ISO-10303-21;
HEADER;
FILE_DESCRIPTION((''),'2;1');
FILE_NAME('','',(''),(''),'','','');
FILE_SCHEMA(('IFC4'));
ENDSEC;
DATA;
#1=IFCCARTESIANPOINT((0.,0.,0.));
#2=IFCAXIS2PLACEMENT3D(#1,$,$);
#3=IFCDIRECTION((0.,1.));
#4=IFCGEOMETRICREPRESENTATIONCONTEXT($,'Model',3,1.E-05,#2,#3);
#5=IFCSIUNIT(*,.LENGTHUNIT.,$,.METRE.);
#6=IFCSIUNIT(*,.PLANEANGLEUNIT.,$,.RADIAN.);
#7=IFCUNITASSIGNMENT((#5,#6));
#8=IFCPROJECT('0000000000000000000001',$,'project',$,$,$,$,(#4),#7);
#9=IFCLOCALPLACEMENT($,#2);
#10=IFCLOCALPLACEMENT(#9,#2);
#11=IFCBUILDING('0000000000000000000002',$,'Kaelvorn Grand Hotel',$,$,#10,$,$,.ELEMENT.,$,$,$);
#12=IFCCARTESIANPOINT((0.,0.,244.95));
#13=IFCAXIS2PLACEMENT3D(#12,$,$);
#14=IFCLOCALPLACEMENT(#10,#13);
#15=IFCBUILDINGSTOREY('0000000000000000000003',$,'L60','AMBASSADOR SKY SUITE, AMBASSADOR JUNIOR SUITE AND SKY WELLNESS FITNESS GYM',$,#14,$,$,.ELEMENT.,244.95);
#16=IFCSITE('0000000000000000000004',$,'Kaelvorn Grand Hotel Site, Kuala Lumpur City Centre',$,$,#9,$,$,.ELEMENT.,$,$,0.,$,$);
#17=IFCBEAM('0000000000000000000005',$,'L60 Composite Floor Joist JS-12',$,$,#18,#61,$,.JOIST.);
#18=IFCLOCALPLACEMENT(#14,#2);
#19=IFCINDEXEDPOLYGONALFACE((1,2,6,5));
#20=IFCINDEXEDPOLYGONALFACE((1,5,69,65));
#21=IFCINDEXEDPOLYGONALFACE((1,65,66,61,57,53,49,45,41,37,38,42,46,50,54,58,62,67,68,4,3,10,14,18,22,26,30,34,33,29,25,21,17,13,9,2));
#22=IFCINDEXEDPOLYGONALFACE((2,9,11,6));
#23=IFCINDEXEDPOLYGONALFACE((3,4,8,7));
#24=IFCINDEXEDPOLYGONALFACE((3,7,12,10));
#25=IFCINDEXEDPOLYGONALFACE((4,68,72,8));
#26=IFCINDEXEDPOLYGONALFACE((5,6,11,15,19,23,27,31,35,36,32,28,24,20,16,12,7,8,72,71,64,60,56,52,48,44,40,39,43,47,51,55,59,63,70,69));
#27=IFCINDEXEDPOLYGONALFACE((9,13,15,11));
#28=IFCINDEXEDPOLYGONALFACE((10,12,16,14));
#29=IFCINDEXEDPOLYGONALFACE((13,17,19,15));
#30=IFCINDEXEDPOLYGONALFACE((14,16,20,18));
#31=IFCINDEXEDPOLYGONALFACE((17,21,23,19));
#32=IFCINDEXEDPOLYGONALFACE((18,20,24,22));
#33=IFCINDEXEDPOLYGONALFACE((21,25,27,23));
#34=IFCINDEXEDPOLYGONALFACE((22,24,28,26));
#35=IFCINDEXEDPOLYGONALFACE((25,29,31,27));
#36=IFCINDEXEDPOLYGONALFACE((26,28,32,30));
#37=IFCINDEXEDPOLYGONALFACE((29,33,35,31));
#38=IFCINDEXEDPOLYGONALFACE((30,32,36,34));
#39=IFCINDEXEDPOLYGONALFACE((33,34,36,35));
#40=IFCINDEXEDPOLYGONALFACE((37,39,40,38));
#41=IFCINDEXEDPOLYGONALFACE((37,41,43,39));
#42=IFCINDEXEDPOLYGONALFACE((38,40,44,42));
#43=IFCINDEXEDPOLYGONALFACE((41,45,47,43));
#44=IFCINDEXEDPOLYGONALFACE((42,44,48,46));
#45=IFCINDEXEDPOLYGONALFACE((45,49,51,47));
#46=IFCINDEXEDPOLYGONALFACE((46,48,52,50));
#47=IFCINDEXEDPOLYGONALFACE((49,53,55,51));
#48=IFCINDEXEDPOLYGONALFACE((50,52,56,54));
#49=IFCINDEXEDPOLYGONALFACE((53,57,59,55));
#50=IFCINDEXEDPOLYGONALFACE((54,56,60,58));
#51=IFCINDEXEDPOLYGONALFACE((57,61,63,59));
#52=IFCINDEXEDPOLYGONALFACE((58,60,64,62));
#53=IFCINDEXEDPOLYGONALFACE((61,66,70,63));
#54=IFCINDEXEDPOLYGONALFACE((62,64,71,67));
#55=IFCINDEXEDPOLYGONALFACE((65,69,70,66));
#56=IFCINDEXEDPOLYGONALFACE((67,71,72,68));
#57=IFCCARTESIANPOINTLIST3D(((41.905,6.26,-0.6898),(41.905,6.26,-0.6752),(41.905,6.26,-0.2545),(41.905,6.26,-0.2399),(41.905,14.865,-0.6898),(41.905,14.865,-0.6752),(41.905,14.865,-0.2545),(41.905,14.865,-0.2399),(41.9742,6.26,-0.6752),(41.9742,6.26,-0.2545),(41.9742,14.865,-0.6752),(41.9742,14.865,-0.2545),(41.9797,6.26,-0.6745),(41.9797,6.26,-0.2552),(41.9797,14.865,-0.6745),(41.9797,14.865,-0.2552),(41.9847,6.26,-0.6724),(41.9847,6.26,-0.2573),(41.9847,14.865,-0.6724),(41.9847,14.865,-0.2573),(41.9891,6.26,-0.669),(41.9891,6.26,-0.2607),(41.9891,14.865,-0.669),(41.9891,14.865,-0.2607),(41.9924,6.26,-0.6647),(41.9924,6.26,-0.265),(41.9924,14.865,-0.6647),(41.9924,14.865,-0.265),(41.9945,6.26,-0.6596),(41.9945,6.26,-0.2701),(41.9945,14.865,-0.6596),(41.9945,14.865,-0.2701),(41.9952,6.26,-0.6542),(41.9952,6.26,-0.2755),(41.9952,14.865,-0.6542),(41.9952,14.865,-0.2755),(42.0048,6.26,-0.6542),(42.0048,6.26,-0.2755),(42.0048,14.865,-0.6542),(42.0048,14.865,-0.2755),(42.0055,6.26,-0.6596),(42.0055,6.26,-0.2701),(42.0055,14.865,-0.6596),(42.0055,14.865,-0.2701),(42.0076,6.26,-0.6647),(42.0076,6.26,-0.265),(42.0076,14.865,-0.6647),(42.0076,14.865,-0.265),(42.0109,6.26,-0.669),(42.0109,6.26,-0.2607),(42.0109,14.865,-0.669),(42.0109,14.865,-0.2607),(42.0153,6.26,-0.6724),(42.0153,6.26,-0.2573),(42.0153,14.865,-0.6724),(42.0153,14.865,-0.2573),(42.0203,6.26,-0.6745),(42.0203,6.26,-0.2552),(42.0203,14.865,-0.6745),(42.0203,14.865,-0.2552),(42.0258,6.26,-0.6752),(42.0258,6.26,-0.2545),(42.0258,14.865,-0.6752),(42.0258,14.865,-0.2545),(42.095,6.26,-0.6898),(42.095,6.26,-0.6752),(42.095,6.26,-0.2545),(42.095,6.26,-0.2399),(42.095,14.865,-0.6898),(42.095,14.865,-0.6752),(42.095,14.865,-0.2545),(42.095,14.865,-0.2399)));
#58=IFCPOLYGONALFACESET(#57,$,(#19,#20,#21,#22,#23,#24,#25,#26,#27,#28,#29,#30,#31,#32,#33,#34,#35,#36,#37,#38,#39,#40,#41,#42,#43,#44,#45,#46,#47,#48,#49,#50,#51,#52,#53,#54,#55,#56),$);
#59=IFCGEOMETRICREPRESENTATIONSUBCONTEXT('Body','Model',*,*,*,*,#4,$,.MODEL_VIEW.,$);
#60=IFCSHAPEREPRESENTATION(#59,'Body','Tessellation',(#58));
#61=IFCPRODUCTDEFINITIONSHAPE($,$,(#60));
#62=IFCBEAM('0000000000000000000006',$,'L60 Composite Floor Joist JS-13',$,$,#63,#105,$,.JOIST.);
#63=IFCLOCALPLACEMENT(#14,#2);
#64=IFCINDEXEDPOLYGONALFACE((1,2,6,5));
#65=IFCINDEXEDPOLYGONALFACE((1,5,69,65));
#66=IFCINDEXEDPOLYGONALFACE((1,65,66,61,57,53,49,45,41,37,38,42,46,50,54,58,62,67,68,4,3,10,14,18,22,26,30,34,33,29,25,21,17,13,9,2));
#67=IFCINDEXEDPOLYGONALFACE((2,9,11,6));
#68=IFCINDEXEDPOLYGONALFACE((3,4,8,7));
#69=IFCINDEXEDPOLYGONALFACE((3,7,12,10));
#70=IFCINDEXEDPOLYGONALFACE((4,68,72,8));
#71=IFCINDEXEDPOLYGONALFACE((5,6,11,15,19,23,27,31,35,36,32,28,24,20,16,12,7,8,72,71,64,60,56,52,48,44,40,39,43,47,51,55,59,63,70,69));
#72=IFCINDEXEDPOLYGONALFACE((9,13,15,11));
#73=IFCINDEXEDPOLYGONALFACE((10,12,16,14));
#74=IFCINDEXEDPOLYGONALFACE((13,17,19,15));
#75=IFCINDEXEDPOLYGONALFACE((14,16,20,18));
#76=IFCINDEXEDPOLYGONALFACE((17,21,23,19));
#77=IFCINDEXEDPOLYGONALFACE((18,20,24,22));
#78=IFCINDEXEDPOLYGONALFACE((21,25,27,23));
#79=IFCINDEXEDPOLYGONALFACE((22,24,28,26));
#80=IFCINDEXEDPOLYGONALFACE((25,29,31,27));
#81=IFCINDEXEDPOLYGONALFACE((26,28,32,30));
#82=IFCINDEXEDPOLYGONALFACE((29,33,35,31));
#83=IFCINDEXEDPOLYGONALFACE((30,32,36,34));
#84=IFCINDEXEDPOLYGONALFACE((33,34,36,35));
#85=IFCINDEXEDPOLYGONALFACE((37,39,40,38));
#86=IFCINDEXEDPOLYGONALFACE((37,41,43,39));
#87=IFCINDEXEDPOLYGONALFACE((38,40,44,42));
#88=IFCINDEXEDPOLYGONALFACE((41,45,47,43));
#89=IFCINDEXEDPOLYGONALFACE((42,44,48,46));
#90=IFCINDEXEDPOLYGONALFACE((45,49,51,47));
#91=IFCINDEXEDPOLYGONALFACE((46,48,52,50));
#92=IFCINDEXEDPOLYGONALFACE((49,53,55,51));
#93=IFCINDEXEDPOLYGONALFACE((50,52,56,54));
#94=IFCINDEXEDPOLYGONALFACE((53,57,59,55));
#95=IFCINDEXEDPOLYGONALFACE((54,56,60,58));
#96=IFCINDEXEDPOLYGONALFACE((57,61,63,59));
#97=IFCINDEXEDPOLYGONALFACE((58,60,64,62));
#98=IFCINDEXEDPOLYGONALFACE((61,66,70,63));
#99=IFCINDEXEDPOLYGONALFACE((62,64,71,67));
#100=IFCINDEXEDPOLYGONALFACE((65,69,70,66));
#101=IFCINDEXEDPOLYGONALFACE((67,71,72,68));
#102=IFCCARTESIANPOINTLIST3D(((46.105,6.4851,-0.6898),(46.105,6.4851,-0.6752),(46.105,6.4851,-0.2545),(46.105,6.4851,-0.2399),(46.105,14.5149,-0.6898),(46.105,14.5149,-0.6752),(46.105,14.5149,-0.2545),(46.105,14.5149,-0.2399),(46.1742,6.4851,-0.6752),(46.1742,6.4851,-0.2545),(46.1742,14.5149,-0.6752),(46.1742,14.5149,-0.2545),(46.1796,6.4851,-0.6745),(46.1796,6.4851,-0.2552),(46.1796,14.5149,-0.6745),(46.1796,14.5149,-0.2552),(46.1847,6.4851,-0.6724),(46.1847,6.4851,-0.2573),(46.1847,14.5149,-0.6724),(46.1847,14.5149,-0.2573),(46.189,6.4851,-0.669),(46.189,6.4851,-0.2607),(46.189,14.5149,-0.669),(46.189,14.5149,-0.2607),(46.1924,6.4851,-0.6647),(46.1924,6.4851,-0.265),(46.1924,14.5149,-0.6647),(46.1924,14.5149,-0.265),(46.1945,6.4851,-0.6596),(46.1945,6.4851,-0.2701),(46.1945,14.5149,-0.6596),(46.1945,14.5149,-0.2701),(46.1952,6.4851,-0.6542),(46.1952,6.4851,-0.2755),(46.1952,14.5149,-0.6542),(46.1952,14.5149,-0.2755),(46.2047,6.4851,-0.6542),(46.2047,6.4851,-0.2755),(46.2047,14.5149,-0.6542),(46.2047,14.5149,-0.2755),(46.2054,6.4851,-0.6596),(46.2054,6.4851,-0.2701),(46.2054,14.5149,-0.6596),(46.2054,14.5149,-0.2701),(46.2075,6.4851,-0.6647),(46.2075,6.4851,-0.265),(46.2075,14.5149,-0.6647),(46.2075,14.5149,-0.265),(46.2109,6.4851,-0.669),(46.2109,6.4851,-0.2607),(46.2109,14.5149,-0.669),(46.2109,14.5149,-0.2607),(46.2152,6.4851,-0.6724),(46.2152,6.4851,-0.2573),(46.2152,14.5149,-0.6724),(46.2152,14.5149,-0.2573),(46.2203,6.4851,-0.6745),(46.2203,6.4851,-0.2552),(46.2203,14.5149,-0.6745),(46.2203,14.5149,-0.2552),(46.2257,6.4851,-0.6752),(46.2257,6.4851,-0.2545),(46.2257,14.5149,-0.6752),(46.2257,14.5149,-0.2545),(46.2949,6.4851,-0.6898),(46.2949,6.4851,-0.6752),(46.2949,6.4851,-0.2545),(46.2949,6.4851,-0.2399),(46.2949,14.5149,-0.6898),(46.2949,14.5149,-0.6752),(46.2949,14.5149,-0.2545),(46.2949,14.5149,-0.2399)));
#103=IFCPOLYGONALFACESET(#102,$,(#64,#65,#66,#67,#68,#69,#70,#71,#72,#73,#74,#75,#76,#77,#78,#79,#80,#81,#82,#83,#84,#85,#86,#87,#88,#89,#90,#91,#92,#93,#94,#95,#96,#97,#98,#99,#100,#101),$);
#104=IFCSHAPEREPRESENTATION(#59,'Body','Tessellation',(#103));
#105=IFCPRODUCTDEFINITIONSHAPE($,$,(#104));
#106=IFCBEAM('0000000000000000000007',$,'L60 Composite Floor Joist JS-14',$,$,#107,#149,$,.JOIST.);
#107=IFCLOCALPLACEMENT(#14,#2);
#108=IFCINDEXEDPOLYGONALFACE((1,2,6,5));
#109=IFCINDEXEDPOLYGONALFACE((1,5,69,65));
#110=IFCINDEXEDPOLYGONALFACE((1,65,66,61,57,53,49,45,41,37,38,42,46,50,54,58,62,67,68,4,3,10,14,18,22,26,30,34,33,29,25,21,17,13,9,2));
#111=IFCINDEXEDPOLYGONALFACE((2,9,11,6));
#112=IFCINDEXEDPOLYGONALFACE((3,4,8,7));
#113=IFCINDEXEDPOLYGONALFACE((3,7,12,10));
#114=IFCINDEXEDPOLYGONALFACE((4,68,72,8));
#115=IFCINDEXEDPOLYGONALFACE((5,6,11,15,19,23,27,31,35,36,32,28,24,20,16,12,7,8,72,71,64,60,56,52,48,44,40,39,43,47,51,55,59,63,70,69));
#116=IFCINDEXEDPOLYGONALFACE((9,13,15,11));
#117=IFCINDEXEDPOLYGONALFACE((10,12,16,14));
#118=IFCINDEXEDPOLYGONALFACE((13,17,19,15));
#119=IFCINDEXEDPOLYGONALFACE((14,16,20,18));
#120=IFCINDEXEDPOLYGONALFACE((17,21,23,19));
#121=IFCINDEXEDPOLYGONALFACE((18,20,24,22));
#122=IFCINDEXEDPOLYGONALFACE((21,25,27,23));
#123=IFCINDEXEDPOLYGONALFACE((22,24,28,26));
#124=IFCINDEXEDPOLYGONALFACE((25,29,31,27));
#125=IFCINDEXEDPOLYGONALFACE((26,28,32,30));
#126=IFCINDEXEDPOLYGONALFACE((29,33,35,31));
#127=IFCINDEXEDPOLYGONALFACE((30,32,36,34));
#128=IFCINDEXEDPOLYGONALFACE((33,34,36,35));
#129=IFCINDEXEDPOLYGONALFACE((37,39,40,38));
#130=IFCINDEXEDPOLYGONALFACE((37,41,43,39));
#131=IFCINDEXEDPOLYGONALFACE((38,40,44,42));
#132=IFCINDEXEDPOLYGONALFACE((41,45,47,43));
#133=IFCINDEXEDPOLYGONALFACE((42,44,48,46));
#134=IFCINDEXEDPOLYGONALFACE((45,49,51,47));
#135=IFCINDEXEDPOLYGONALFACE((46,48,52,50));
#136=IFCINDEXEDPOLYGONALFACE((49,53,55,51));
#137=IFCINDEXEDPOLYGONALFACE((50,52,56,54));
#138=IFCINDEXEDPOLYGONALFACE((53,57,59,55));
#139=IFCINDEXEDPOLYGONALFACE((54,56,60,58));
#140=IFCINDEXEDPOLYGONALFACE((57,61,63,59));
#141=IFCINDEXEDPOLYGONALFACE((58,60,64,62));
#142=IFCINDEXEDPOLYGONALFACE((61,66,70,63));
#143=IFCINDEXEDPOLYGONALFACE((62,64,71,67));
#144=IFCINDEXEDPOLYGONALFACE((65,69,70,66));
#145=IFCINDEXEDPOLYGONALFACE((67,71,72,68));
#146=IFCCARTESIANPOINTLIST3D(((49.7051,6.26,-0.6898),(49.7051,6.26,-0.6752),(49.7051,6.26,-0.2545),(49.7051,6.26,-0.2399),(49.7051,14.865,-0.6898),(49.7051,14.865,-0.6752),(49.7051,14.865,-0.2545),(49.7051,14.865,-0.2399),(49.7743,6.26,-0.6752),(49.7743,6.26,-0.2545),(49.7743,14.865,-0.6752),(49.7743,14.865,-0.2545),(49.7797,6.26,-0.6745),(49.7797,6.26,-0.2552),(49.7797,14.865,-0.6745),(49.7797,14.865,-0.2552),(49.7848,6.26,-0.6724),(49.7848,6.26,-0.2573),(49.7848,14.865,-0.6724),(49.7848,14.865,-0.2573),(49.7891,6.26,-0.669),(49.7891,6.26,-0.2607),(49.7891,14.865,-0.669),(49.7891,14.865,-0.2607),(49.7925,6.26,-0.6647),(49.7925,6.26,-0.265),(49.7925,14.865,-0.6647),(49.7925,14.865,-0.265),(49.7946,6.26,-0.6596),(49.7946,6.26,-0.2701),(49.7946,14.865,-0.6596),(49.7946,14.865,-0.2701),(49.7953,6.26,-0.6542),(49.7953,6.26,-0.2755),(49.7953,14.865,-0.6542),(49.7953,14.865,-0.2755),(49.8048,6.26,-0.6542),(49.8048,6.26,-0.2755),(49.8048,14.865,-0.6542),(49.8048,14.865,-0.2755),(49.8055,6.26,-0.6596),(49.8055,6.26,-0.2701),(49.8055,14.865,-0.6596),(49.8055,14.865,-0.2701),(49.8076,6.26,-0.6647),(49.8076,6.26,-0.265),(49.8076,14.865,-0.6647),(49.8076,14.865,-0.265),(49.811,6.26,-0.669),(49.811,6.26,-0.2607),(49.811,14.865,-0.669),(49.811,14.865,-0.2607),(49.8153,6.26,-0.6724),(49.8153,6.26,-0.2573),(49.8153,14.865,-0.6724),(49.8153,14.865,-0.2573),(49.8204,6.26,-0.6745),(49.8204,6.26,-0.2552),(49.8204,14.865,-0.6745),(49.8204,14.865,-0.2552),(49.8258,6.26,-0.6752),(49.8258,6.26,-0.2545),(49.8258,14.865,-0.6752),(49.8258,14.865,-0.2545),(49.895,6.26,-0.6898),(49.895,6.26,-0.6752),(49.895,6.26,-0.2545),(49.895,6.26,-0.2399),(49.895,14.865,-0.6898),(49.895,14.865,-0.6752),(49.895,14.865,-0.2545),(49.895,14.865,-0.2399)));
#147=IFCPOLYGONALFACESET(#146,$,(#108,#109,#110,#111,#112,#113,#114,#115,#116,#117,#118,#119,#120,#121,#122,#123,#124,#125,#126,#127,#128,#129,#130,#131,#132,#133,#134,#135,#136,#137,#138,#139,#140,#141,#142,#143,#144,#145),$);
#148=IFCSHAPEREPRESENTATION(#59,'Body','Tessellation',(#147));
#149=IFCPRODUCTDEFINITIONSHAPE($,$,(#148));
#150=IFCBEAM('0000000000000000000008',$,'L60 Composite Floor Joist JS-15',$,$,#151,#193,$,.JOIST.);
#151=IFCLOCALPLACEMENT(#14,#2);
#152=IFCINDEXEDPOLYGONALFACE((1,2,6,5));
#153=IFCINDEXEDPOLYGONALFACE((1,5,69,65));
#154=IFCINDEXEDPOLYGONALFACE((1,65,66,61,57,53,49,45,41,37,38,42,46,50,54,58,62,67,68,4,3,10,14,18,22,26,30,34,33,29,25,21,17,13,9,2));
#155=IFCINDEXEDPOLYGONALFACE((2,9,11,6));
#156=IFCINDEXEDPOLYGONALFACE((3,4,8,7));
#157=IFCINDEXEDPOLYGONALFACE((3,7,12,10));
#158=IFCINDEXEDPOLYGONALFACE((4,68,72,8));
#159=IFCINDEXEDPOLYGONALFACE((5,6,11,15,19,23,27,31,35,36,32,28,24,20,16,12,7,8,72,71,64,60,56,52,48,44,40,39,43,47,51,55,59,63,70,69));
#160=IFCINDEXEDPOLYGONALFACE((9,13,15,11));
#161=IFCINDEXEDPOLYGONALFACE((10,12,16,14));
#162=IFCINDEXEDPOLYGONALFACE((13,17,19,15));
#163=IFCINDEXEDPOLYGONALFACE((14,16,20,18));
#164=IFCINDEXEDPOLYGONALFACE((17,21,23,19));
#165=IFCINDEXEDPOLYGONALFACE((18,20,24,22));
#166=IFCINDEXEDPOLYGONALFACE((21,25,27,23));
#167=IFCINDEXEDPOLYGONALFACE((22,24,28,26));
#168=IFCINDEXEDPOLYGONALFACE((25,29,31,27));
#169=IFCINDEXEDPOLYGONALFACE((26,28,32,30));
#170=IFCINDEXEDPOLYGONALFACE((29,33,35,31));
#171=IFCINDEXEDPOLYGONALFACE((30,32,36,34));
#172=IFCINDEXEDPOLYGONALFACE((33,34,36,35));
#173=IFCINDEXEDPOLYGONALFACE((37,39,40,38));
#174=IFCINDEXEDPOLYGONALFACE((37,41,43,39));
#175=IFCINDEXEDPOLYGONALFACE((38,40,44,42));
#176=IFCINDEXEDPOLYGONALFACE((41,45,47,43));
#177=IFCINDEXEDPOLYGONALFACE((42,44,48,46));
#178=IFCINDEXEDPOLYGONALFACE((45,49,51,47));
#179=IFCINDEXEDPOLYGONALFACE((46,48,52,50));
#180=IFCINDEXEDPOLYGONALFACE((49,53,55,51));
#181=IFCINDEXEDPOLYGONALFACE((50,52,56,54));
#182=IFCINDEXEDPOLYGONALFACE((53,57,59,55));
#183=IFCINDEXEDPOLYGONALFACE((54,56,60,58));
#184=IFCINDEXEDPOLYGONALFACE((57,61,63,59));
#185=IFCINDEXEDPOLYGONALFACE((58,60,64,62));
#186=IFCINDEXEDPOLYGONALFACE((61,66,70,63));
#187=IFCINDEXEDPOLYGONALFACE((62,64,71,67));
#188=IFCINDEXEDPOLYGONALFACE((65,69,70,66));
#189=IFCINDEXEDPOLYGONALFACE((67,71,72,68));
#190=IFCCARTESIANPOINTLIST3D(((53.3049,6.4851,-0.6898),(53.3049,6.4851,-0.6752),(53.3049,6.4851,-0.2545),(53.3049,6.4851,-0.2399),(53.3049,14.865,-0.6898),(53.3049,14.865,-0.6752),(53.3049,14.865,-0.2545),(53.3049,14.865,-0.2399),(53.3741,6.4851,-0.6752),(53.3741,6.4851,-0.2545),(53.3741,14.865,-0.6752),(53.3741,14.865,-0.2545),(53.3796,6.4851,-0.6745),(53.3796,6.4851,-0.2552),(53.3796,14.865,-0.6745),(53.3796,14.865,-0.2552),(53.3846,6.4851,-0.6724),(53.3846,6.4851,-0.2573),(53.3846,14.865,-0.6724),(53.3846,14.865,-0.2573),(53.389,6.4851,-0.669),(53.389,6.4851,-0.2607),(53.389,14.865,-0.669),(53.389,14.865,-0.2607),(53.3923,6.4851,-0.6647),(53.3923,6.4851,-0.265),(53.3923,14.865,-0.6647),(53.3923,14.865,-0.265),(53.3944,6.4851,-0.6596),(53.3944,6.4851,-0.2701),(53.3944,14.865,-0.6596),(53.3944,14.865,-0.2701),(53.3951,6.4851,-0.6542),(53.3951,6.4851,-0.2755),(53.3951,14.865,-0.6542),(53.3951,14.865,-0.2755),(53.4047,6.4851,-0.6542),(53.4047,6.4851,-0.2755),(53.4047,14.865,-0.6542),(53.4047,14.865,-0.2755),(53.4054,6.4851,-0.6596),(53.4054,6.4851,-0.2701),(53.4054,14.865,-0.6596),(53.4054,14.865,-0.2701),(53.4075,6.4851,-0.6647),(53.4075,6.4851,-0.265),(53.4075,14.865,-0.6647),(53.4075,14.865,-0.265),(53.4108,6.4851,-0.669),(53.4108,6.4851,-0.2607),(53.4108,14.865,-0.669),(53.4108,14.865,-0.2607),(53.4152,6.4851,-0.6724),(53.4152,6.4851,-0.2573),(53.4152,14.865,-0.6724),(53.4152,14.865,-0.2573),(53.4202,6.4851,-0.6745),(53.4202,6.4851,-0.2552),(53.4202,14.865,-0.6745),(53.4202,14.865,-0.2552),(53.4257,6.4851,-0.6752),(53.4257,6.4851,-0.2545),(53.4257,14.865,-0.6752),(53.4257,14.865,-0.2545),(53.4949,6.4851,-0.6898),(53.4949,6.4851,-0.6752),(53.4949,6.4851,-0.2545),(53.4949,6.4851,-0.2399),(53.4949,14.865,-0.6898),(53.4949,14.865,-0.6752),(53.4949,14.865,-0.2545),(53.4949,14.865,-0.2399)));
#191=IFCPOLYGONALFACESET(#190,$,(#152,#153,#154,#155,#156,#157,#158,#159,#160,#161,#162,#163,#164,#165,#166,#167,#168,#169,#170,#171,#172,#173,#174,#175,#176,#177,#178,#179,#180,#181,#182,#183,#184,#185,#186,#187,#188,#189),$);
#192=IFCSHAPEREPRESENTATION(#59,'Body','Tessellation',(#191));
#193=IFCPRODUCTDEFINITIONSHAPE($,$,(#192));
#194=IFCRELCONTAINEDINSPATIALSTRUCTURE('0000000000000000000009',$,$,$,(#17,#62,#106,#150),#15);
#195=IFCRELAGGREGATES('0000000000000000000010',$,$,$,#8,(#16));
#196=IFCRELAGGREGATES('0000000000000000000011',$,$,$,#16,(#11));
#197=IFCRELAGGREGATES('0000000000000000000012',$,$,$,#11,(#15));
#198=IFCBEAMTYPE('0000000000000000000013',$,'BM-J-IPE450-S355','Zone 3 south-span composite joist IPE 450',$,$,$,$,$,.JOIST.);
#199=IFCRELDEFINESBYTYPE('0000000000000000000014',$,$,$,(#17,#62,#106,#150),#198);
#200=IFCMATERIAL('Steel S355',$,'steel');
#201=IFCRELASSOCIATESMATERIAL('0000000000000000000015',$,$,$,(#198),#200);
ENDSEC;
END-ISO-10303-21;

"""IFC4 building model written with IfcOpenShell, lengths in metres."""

from ifc_helpers import new_model, si_unit, direction, frame, origin, origin_2d, place, context, subcontext, project, spatial, i_section, extrude, material, material_profile, profile_set, type_object, element, save


model = new_model("IFC4")

# Units and contexts
model_context = context("Model", 3, precision=1e-05, world=origin(), true_north=direction((0.0, 1.0)))
body_context = subcontext(model_context, "Body", "Model", "MODEL_VIEW")
ifc_project = project(units=[si_unit("LENGTHUNIT", "METRE"), si_unit("PLANEANGLEUNIT", "RADIAN")], contexts=[model_context])

# Site, building, storey
site_placement = place(None, origin())
site = spatial("IfcSite", under=ifc_project, at=site_placement, Name="Kaelvorn Grand Hotel Site, Kuala Lumpur City Centre", CompositionType="ELEMENT", RefElevation=0.0)
building_placement = place(site_placement, origin())
building = spatial("IfcBuilding", under=site, at=building_placement, Name="Kaelvorn Grand Hotel", CompositionType="ELEMENT")
storey_placement = place(building_placement, frame((0.0, 0.0, 244.95)))
storey = spatial("IfcBuildingStorey", under=building, at=storey_placement, Name="L60", Description="AMBASSADOR SKY SUITE, AMBASSADOR JUNIOR SUITE AND SKY WELLNESS FITNESS GYM", CompositionType="ELEMENT", Elevation=244.95)

# Beams
ifc_material_1 = material(Name="Steel S355", Category="steel")
ifc_material_profile_1 = material_profile(ifc_material_1, i_section(OverallWidth=0.1899, OverallDepth=0.45, WebThickness=0.0095, FlangeThickness=0.0146, FilletRadius=0.021, at=origin_2d()), Name="IPE 450")
ifc_profile_set_1 = profile_set([ifc_material_profile_1], Name="Steel S355")
beam_type_1 = type_object("IfcBeamType", Name="BM-J-IPE450-S355", Description="Zone 3 south-span composite joist IPE 450", PredefinedType="JOIST", material=ifc_profile_set_1)
beam_1_placement = place(storey_placement, frame((42.0, 6.26, -0.4648), z_axis=(0.0, 1.0, 0.0), x_axis=(-1.0, 0.0, 0.0)))
element("IfcBeam", 1, at=beam_1_placement, inside=storey, type_object=beam_type_1, Name="L60 Composite Floor Joist JS-12", PredefinedType="JOIST", context=body_context, shape_type="SweptSolid", body=[
    extrude(i_section(OverallWidth=0.1899, OverallDepth=0.45, WebThickness=0.0095, FlangeThickness=0.0146, FilletRadius=0.021, at=origin_2d()), origin(), (0.0, 0.0, 1.0), 8.605),
])
beam_2_placement = place(storey_placement, frame((46.2, 6.4851, -0.4648), z_axis=(0.0, 1.0, 0.0), x_axis=(-1.0, 0.0, 0.0)))
element("IfcBeam", 2, at=beam_2_placement, inside=storey, type_object=beam_type_1, Name="L60 Composite Floor Joist JS-13", PredefinedType="JOIST", context=body_context, shape_type="SweptSolid", body=[
    extrude(i_section(OverallWidth=0.1899, OverallDepth=0.45, WebThickness=0.0095, FlangeThickness=0.0146, FilletRadius=0.021, at=origin_2d()), origin(), (0.0, 0.0, 1.0), 8.0298),
])
beam_3_placement = place(storey_placement, frame((49.8, 6.26, -0.4648), z_axis=(0.0, 1.0, 0.0), x_axis=(-1.0, 0.0, 0.0)))
element("IfcBeam", 3, at=beam_3_placement, inside=storey, type_object=beam_type_1, Name="L60 Composite Floor Joist JS-14", PredefinedType="JOIST", context=body_context, shape_type="SweptSolid", body=[
    extrude(i_section(OverallWidth=0.1899, OverallDepth=0.45, WebThickness=0.0095, FlangeThickness=0.0146, FilletRadius=0.021, at=origin_2d()), origin(), (0.0, 0.0, 1.0), 8.605),
])
beam_4_placement = place(storey_placement, frame((53.3999, 6.4851, -0.4648), z_axis=(0.0, 1.0, 0.0), x_axis=(-1.0, 0.0, 0.0)))
element("IfcBeam", 4, at=beam_4_placement, inside=storey, type_object=beam_type_1, Name="L60 Composite Floor Joist JS-15", PredefinedType="JOIST", context=body_context, shape_type="SweptSolid", body=[
    extrude(i_section(OverallWidth=0.1899, OverallDepth=0.45, WebThickness=0.0095, FlangeThickness=0.0146, FilletRadius=0.021, at=origin_2d()), origin(), (0.0, 0.0, 1.0), 8.3799),
])

save(model, "model.ifc")
